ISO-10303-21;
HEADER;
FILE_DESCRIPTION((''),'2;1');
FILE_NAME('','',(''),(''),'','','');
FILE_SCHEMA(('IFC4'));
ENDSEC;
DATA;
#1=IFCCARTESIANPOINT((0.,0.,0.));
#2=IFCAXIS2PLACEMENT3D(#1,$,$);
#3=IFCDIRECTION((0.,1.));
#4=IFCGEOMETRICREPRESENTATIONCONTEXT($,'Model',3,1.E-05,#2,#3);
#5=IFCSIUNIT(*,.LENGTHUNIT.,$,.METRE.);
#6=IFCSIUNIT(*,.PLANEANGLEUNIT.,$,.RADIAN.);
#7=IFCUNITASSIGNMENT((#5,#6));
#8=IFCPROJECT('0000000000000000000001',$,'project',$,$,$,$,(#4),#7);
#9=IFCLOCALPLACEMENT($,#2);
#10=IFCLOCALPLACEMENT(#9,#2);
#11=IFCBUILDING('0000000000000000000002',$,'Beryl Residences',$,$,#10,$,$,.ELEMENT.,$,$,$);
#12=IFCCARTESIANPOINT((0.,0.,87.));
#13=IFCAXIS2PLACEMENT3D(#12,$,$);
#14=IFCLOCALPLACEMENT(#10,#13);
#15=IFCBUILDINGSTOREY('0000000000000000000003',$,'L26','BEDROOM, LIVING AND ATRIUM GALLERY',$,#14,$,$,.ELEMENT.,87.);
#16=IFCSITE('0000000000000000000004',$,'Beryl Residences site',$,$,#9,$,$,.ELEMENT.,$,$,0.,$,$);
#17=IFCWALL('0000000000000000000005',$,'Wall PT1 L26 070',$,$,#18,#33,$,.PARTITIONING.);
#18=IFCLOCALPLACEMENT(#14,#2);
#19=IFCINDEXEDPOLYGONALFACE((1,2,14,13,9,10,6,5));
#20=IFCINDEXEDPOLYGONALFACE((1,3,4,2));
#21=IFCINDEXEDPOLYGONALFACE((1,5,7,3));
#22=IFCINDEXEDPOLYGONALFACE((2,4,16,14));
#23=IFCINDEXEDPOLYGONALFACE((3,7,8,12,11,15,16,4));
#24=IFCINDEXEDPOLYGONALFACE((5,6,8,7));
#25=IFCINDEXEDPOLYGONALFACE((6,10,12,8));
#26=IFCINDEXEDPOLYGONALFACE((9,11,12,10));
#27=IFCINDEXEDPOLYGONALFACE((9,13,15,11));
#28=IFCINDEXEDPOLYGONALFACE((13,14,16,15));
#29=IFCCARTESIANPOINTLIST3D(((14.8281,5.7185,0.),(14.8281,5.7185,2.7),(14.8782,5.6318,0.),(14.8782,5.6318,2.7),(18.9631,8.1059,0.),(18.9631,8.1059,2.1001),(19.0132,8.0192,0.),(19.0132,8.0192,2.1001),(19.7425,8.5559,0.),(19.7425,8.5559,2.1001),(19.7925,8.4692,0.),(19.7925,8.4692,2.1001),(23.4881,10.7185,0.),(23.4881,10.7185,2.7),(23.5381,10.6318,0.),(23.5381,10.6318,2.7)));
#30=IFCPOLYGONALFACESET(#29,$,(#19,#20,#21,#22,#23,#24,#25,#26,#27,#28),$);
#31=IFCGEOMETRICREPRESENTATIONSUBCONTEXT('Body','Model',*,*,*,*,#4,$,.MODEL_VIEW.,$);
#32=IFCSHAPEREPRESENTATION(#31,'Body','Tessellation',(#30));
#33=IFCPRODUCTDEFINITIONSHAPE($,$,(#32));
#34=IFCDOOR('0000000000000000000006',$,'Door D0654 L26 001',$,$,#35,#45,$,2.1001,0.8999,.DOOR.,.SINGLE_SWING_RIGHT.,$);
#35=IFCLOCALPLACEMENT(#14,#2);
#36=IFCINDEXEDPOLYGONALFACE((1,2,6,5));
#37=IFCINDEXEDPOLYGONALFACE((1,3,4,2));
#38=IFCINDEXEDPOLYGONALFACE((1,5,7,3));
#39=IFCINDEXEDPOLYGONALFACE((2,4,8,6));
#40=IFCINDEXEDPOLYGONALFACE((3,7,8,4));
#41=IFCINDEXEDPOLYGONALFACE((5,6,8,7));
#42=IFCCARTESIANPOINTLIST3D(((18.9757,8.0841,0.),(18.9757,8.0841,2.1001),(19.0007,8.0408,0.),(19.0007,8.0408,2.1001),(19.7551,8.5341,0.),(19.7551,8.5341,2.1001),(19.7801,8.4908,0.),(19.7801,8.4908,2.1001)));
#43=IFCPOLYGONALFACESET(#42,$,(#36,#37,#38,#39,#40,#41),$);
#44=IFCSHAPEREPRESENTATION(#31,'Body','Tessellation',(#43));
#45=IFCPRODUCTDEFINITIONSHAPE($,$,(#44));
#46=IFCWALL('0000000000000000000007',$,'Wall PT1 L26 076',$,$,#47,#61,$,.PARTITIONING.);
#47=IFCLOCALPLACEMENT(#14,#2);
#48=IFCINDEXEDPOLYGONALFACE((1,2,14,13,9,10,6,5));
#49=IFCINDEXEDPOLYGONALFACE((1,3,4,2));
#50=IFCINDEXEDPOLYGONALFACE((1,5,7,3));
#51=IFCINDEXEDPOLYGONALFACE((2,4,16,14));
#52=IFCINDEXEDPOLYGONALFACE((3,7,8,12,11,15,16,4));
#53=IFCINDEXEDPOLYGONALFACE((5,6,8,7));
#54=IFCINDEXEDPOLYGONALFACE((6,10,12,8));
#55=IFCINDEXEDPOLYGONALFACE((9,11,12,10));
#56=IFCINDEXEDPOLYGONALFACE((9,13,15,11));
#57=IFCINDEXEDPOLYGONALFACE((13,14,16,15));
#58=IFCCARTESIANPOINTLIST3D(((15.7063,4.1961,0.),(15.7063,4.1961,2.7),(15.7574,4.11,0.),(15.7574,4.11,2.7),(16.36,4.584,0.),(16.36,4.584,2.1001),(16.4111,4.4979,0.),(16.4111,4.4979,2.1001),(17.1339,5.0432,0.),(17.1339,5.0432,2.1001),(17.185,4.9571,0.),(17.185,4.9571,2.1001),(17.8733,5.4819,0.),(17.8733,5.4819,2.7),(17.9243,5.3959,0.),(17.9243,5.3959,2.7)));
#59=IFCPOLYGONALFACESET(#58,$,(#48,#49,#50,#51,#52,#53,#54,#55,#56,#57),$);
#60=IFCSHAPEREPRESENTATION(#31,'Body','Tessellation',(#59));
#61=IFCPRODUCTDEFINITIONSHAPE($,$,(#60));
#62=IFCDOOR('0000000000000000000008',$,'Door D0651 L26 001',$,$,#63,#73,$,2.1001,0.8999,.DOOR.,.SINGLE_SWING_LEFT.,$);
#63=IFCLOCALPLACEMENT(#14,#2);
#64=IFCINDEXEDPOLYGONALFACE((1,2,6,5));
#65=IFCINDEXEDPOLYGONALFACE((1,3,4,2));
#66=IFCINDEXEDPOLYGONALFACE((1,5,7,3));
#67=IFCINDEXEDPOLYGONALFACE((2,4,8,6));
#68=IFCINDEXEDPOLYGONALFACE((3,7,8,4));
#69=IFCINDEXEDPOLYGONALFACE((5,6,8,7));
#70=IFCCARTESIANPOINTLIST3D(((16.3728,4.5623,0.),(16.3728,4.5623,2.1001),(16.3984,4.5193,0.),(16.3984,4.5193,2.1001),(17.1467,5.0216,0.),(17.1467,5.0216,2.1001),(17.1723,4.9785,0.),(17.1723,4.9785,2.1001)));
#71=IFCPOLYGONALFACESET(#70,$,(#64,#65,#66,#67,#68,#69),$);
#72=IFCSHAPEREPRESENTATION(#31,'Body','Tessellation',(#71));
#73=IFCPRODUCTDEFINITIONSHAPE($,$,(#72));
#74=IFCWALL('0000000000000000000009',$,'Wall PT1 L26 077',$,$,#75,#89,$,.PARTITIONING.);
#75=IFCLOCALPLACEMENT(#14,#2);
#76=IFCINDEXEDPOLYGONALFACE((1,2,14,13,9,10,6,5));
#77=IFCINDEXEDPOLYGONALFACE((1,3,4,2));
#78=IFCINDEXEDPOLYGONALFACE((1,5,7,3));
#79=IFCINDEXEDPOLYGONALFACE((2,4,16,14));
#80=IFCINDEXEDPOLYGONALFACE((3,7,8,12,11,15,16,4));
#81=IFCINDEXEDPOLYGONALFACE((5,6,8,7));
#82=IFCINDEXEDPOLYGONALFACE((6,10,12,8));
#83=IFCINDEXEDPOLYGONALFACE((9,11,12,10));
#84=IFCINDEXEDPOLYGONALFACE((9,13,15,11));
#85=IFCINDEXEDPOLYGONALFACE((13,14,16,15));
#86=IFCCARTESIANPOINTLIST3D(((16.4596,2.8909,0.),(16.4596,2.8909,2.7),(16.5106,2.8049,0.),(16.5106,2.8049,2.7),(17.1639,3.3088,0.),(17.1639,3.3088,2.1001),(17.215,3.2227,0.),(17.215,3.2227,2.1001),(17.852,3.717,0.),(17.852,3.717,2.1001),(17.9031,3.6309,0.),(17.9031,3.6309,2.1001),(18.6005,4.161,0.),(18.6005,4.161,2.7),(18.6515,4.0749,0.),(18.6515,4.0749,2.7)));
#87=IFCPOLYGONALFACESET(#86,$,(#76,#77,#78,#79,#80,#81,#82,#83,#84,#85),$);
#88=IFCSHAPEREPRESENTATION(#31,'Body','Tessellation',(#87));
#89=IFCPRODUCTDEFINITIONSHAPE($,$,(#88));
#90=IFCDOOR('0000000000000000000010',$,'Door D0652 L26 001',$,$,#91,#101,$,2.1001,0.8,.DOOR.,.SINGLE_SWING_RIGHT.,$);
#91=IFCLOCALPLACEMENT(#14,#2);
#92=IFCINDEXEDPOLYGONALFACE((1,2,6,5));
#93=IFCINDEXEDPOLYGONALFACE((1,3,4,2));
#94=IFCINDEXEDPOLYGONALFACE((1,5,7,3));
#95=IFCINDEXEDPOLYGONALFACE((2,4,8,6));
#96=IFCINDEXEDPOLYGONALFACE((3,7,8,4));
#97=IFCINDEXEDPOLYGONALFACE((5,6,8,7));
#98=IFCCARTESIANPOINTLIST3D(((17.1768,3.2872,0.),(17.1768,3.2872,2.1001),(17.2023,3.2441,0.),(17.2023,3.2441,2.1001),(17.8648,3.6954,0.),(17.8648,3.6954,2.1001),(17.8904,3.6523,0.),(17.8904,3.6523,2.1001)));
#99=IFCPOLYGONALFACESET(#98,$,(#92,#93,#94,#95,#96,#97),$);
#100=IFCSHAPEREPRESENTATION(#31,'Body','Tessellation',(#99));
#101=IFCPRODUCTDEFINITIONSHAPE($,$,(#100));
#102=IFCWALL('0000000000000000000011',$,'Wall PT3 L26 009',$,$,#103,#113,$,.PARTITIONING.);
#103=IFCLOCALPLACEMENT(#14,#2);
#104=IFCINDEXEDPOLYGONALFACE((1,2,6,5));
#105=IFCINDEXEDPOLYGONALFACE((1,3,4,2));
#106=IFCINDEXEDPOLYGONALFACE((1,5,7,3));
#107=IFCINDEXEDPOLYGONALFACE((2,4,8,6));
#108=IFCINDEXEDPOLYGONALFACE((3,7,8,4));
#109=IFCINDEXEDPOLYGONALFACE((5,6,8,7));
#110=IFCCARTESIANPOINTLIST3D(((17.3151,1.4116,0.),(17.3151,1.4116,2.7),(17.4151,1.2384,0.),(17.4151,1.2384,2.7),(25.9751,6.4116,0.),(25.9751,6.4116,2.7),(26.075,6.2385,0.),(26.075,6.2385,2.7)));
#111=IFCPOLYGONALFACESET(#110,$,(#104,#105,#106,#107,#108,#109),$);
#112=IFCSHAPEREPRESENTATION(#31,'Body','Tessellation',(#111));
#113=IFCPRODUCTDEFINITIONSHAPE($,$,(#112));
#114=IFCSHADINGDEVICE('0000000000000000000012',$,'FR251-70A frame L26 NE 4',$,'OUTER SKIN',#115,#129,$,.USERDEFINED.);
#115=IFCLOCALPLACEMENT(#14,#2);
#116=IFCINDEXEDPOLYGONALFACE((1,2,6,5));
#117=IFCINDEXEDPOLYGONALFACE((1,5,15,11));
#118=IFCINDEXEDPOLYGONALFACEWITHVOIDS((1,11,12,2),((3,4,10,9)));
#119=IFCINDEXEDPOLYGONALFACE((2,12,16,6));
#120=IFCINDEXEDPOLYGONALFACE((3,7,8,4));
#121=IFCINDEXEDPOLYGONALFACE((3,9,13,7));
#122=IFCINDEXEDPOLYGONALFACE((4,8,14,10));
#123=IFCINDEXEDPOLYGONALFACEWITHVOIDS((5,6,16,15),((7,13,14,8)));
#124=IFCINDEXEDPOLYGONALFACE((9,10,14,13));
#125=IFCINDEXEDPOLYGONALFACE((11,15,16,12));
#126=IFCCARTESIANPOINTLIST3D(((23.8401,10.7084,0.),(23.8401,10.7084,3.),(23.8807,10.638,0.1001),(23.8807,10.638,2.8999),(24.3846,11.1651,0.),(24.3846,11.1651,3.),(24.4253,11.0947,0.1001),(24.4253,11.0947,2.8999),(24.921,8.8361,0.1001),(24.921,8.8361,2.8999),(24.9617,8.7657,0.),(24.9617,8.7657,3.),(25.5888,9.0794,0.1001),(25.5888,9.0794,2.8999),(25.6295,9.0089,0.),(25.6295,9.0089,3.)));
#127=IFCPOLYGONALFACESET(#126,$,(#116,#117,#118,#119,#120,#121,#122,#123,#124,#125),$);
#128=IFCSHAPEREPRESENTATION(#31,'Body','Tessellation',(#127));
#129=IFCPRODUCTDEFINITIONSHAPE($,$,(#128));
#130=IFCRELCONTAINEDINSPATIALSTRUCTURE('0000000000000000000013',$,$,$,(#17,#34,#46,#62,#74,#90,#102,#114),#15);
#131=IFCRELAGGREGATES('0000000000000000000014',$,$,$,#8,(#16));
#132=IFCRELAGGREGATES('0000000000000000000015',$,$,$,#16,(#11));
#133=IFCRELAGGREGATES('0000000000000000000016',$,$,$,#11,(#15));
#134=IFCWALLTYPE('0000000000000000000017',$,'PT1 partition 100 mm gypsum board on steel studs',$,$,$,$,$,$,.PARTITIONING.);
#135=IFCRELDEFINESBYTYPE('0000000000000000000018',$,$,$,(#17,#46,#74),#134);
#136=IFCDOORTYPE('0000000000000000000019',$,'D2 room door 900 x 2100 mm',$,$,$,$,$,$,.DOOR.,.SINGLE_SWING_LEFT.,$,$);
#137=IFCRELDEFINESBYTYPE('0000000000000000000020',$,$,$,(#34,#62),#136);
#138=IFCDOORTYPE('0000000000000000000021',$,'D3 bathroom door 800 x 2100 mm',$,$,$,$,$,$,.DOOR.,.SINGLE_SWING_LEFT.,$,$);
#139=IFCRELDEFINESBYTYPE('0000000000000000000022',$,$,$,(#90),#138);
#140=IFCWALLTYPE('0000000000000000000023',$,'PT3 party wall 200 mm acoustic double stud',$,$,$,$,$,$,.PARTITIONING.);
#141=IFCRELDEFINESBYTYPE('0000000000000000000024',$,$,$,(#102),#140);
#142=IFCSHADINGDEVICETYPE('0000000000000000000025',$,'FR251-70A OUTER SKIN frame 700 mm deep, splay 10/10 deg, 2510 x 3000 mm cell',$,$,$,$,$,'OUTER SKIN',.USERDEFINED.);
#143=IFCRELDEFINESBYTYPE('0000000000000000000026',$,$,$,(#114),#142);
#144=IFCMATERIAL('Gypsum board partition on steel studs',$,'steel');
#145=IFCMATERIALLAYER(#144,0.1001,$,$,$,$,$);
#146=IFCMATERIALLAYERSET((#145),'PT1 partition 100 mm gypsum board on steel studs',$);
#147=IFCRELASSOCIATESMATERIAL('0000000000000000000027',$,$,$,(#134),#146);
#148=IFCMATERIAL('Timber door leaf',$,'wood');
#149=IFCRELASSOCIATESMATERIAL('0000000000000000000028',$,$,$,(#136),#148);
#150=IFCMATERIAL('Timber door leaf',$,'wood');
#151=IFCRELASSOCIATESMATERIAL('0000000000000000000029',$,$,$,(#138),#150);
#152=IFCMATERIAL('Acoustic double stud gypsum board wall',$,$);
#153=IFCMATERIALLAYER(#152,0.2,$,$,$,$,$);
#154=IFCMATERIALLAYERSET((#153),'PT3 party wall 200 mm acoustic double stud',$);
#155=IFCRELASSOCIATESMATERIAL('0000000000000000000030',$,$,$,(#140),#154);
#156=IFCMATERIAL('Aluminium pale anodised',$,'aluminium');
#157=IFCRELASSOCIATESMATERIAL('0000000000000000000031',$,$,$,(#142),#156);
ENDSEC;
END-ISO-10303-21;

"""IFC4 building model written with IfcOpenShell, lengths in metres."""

from ifc_helpers import new_model, entity, si_unit, direction, frame, frame_2d, origin, place, context, subcontext, project, spatial, rectangle, extrude, source, transform, mapped, material, layer, layer_set, type_object, type_shapes, element, fill, save


model = new_model("IFC4")

# Units and contexts
model_context = context("Model", 3, precision=1e-05, world=origin(), true_north=direction((0.0, 1.0)))
body_context = subcontext(model_context, "Body", "Model", "MODEL_VIEW")
ifc_project = project(units=[si_unit("LENGTHUNIT", "METRE"), si_unit("PLANEANGLEUNIT", "RADIAN")], contexts=[model_context])

# Site, building, storey
site_placement = place(None, origin())
site = spatial("IfcSite", under=ifc_project, at=site_placement, Name="Beryl Residences site", CompositionType="ELEMENT", RefElevation=0.0)
building_placement = place(site_placement, origin())
building = spatial("IfcBuilding", under=site, at=building_placement, Name="Beryl Residences", CompositionType="ELEMENT")
storey_placement = place(building_placement, frame((0.0, 0.0, 87.0)))
storey = spatial("IfcBuildingStorey", under=building, at=storey_placement, Name="L26", Description="BEDROOM, LIVING AND ATRIUM GALLERY", CompositionType="ELEMENT", Elevation=87.0)

# Shared definitions
ifc_material_1 = material(Name="Gypsum board partition on steel studs", Category="steel")
ifc_layer_1 = layer(ifc_material_1, 0.1001)
ifc_layer_set_1 = layer_set([ifc_layer_1], Name="PT1 partition 100 mm gypsum board on steel studs")
wall_type_1 = type_object("IfcWallType", Name="PT1 partition 100 mm gypsum board on steel studs", PredefinedType="PARTITIONING", material=ifc_layer_set_1)

# Walls, openings, doors
ifc_material_2 = material(Name="Timber door leaf", Category="wood")
door_type_1 = type_object("IfcDoorType", Name="D2 room door 900 x 2100 mm", OperationType="SINGLE_SWING_LEFT", PredefinedType="DOOR", material=ifc_material_2)
ifc_material_3 = material(Name="Timber door leaf", Category="wood")
door_type_2 = type_object("IfcDoorType", Name="D3 bathroom door 800 x 2100 mm", OperationType="SINGLE_SWING_LEFT", PredefinedType="DOOR", material=ifc_material_3)
wall_1_placement = place(storey_placement, frame((14.853, 5.675, 0.0), z_axis=(0.0, 0.0, 1.0), x_axis=(0.866017, 0.500015, 0.0)))
wall_1 = element("IfcWall", 1, at=wall_1_placement, inside=storey, type_object=wall_type_1, Name="Wall PT1 L26 070", PredefinedType="PARTITIONING", context=body_context, shape_type="SweptSolid", body=[
    extrude(rectangle(XDim=9.9998, YDim=0.1001, at=frame_2d((5.0, 0.0))), origin(), (0.0, 0.0, 1.0), 2.7),
])
opening_1_placement = place(wall_1_placement, frame((4.7749, 0.0, 0.0)))
opening_1 = element("IfcOpeningElement", 2, at=opening_1_placement, cuts=wall_1, PredefinedType="OPENING", context=body_context, shape_type="SweptSolid", body=[
    extrude(rectangle(XDim=0.8999, YDim=2.1001, at=frame_2d((0.45, 1.05))), frame((0.0, 0.0601, 0.0), z_axis=(0.0, -1.0, 0.0), x_axis=(1.0, 0.0, 0.0)), (0.0, 0.0, 1.0), 0.1201),
])
door_1_placement = place(opening_1_placement, origin())
door_1 = element("IfcDoor", 3, at=door_1_placement, inside=storey, type_object=door_type_1, Name="Door D0654 L26 001", OperationType="SINGLE_SWING_RIGHT", OverallHeight=2.1001, OverallWidth=0.8999, PredefinedType="DOOR", context=body_context, shape_type="SweptSolid", body=[
    extrude(rectangle(XDim=0.8999, YDim=2.1001, at=frame_2d((0.45, 1.05))), frame((0.0, 0.0249, 0.0), z_axis=(0.0, -1.0, 0.0), x_axis=(1.0, 0.0, 0.0)), (0.0, 0.0, 1.0), 0.05),
])
fill(opening_1, door_1)
wall_2_placement = place(storey_placement, frame((15.7319, 4.1531, 0.0), z_axis=(0.0, 0.0, 1.0), x_axis=(0.859988, 0.510315, 0.0)))
wall_2 = element("IfcWall", 4, at=wall_2_placement, inside=storey, type_object=wall_type_1, Name="Wall PT1 L26 076", PredefinedType="PARTITIONING", context=body_context, shape_type="SweptSolid", body=[
    extrude(rectangle(XDim=2.5198, YDim=0.1001, at=frame_2d((1.2598, 0.0))), origin(), (0.0, 0.0, 1.0), 2.7),
])
opening_2_placement = place(wall_2_placement, frame((0.76, 0.0, 0.0)))
opening_2 = element("IfcOpeningElement", 5, at=opening_2_placement, cuts=wall_2, PredefinedType="OPENING", context=body_context, shape_type="SweptSolid", body=[
    extrude(rectangle(XDim=0.8999, YDim=2.1001, at=frame_2d((0.45, 1.05))), frame((0.0, 0.0601, 0.0), z_axis=(0.0, -1.0, 0.0), x_axis=(1.0, 0.0, 0.0)), (0.0, 0.0, 1.0), 0.1201),
])
door_2_placement = place(opening_2_placement, origin())
door_2 = element("IfcDoor", 6, at=door_2_placement, inside=storey, type_object=door_type_1, Name="Door D0651 L26 001", OperationType="SINGLE_SWING_LEFT", OverallHeight=2.1001, OverallWidth=0.8999, PredefinedType="DOOR", context=body_context, shape_type="SweptSolid", body=[
    extrude(rectangle(XDim=0.8999, YDim=2.1001, at=frame_2d((0.45, 1.05))), frame((0.0, 0.0249, 0.0), z_axis=(0.0, -1.0, 0.0), x_axis=(1.0, 0.0, 0.0)), (0.0, 0.0, 1.0), 0.05),
])
fill(opening_2, door_2)
wall_3_placement = place(storey_placement, frame((16.4851, 2.8479, 0.0), z_axis=(0.0, 0.0, 1.0), x_axis=(0.860052, 0.510206, 0.0)))
wall_3 = element("IfcWall", 7, at=wall_3_placement, inside=storey, type_object=wall_type_1, Name="Wall PT1 L26 077", PredefinedType="PARTITIONING", context=body_context, shape_type="SweptSolid", body=[
    extrude(rectangle(XDim=2.4893, YDim=0.1001, at=frame_2d((1.2446, 0.0))), origin(), (0.0, 0.0, 1.0), 2.7),
])
opening_3_placement = place(wall_3_placement, frame((0.8191, 0.0, 0.0)))
opening_3 = element("IfcOpeningElement", 8, at=opening_3_placement, cuts=wall_3, PredefinedType="OPENING", context=body_context, shape_type="SweptSolid", body=[
    extrude(rectangle(XDim=0.8, YDim=2.1001, at=frame_2d((0.3999, 1.05))), frame((0.0, 0.0601, 0.0), z_axis=(0.0, -1.0, 0.0), x_axis=(1.0, 0.0, 0.0)), (0.0, 0.0, 1.0), 0.1201),
])
door_3_placement = place(opening_3_placement, origin())
door_3 = element("IfcDoor", 9, at=door_3_placement, inside=storey, type_object=door_type_2, Name="Door D0652 L26 001", OperationType="SINGLE_SWING_RIGHT", OverallHeight=2.1001, OverallWidth=0.8, PredefinedType="DOOR", context=body_context, shape_type="SweptSolid", body=[
    extrude(rectangle(XDim=0.8, YDim=2.1001, at=frame_2d((0.3999, 1.05))), frame((0.0, 0.0249, 0.0), z_axis=(0.0, -1.0, 0.0), x_axis=(1.0, 0.0, 0.0)), (0.0, 0.0, 1.0), 0.05),
])
fill(opening_3, door_3)

# Wall
ifc_material_4 = material(Name="Acoustic double stud gypsum board wall")
ifc_layer_2 = layer(ifc_material_4, 0.2)
ifc_layer_set_2 = layer_set([ifc_layer_2], Name="PT3 party wall 200 mm acoustic double stud")
wall_type_2 = type_object("IfcWallType", Name="PT3 party wall 200 mm acoustic double stud", PredefinedType="PARTITIONING", material=ifc_layer_set_2)
wall_4_placement = place(storey_placement, frame((17.365, 1.325, 0.0), z_axis=(0.0, 0.0, 1.0), x_axis=(0.866017, 0.500015, 0.0)))
element("IfcWall", 10, at=wall_4_placement, inside=storey, type_object=wall_type_2, Name="Wall PT3 L26 009", PredefinedType="PARTITIONING", context=body_context, shape_type="SweptSolid", body=[
    extrude(rectangle(XDim=9.9998, YDim=0.2, at=frame_2d((5.0, 0.0))), origin(), (0.0, 0.0, 1.0), 2.7),
])

# Shading device
ifc_material_5 = material(Name="Aluminium pale anodised", Category="aluminium")
shading_device_type = type_object("IfcShadingDeviceType", Name="FR251-70A OUTER SKIN frame 700 mm deep, splay 10/10 deg, 2510 x 3000 mm cell", ElementType="OUTER SKIN", PredefinedType="USERDEFINED", material=ifc_material_5)
cartesian_point_1 = entity("IfcCartesianPoint", [-1.1216, 0.0])
cartesian_point_2 = entity("IfcCartesianPoint", [-1.0403, 0.1001])
cartesian_point_3 = entity("IfcCartesianPoint", [-1.2449, 0.0])
cartesian_point_4 = entity("IfcCartesianPoint", [-1.1636, 0.1001])
shared_shape = source(origin(), body_context, "Body", "SweptSolid", [
    entity("IfcExtrudedAreaSolidTapered", entity("IfcArbitraryProfileDefWithVoids", "AREA", None, entity("IfcPolyline", [cartesian_point_1, entity("IfcCartesianPoint", [1.1216, 0.0]), entity("IfcCartesianPoint", [1.1216, 3.0]), entity("IfcCartesianPoint", [-1.1216, 3.0]), cartesian_point_1]), [entity("IfcPolyline", [cartesian_point_2, entity("IfcCartesianPoint", [1.0403, 0.1001]), entity("IfcCartesianPoint", [1.0403, 2.8999]), entity("IfcCartesianPoint", [-1.0403, 2.8999]), cartesian_point_2])]), entity("IfcAxis2Placement3D", entity("IfcCartesianPoint", [0.0, 0.0, 0.0]), entity("IfcDirection", [0.0, 1.0, 0.0]), entity("IfcDirection", [-1.0, 0.0, 0.0])), entity("IfcDirection", [0.0, 0.0, 1.0]), 0.7, entity("IfcArbitraryProfileDefWithVoids", "AREA", None, entity("IfcPolyline", [cartesian_point_3, entity("IfcCartesianPoint", [1.2449, 0.0]), entity("IfcCartesianPoint", [1.2449, 3.0]), entity("IfcCartesianPoint", [-1.2449, 3.0]), cartesian_point_3]), [entity("IfcPolyline", [cartesian_point_4, entity("IfcCartesianPoint", [1.1636, 0.1001]), entity("IfcCartesianPoint", [1.1636, 2.8999]), entity("IfcCartesianPoint", [-1.1636, 2.8999]), cartesian_point_4])])),
])
type_shapes(shading_device_type, [shared_shape])
shading_device_placement = place(storey_placement, frame((24.4009, 9.7371, 0.0), z_axis=(0.0, 0.0, 1.0), x_axis=(0.5, -0.866025, 0.0)))
element("IfcShadingDevice", 11, at=shading_device_placement, inside=storey, type_object=shading_device_type, Name="FR251-70A frame L26 NE 4", ObjectType="OUTER SKIN", PredefinedType="USERDEFINED", context=body_context, shape_type="MappedRepresentation", body=[
    mapped(shared_shape, transform((0.0, 0.0, 0.0))),
])

save(model, "model.ifc")
